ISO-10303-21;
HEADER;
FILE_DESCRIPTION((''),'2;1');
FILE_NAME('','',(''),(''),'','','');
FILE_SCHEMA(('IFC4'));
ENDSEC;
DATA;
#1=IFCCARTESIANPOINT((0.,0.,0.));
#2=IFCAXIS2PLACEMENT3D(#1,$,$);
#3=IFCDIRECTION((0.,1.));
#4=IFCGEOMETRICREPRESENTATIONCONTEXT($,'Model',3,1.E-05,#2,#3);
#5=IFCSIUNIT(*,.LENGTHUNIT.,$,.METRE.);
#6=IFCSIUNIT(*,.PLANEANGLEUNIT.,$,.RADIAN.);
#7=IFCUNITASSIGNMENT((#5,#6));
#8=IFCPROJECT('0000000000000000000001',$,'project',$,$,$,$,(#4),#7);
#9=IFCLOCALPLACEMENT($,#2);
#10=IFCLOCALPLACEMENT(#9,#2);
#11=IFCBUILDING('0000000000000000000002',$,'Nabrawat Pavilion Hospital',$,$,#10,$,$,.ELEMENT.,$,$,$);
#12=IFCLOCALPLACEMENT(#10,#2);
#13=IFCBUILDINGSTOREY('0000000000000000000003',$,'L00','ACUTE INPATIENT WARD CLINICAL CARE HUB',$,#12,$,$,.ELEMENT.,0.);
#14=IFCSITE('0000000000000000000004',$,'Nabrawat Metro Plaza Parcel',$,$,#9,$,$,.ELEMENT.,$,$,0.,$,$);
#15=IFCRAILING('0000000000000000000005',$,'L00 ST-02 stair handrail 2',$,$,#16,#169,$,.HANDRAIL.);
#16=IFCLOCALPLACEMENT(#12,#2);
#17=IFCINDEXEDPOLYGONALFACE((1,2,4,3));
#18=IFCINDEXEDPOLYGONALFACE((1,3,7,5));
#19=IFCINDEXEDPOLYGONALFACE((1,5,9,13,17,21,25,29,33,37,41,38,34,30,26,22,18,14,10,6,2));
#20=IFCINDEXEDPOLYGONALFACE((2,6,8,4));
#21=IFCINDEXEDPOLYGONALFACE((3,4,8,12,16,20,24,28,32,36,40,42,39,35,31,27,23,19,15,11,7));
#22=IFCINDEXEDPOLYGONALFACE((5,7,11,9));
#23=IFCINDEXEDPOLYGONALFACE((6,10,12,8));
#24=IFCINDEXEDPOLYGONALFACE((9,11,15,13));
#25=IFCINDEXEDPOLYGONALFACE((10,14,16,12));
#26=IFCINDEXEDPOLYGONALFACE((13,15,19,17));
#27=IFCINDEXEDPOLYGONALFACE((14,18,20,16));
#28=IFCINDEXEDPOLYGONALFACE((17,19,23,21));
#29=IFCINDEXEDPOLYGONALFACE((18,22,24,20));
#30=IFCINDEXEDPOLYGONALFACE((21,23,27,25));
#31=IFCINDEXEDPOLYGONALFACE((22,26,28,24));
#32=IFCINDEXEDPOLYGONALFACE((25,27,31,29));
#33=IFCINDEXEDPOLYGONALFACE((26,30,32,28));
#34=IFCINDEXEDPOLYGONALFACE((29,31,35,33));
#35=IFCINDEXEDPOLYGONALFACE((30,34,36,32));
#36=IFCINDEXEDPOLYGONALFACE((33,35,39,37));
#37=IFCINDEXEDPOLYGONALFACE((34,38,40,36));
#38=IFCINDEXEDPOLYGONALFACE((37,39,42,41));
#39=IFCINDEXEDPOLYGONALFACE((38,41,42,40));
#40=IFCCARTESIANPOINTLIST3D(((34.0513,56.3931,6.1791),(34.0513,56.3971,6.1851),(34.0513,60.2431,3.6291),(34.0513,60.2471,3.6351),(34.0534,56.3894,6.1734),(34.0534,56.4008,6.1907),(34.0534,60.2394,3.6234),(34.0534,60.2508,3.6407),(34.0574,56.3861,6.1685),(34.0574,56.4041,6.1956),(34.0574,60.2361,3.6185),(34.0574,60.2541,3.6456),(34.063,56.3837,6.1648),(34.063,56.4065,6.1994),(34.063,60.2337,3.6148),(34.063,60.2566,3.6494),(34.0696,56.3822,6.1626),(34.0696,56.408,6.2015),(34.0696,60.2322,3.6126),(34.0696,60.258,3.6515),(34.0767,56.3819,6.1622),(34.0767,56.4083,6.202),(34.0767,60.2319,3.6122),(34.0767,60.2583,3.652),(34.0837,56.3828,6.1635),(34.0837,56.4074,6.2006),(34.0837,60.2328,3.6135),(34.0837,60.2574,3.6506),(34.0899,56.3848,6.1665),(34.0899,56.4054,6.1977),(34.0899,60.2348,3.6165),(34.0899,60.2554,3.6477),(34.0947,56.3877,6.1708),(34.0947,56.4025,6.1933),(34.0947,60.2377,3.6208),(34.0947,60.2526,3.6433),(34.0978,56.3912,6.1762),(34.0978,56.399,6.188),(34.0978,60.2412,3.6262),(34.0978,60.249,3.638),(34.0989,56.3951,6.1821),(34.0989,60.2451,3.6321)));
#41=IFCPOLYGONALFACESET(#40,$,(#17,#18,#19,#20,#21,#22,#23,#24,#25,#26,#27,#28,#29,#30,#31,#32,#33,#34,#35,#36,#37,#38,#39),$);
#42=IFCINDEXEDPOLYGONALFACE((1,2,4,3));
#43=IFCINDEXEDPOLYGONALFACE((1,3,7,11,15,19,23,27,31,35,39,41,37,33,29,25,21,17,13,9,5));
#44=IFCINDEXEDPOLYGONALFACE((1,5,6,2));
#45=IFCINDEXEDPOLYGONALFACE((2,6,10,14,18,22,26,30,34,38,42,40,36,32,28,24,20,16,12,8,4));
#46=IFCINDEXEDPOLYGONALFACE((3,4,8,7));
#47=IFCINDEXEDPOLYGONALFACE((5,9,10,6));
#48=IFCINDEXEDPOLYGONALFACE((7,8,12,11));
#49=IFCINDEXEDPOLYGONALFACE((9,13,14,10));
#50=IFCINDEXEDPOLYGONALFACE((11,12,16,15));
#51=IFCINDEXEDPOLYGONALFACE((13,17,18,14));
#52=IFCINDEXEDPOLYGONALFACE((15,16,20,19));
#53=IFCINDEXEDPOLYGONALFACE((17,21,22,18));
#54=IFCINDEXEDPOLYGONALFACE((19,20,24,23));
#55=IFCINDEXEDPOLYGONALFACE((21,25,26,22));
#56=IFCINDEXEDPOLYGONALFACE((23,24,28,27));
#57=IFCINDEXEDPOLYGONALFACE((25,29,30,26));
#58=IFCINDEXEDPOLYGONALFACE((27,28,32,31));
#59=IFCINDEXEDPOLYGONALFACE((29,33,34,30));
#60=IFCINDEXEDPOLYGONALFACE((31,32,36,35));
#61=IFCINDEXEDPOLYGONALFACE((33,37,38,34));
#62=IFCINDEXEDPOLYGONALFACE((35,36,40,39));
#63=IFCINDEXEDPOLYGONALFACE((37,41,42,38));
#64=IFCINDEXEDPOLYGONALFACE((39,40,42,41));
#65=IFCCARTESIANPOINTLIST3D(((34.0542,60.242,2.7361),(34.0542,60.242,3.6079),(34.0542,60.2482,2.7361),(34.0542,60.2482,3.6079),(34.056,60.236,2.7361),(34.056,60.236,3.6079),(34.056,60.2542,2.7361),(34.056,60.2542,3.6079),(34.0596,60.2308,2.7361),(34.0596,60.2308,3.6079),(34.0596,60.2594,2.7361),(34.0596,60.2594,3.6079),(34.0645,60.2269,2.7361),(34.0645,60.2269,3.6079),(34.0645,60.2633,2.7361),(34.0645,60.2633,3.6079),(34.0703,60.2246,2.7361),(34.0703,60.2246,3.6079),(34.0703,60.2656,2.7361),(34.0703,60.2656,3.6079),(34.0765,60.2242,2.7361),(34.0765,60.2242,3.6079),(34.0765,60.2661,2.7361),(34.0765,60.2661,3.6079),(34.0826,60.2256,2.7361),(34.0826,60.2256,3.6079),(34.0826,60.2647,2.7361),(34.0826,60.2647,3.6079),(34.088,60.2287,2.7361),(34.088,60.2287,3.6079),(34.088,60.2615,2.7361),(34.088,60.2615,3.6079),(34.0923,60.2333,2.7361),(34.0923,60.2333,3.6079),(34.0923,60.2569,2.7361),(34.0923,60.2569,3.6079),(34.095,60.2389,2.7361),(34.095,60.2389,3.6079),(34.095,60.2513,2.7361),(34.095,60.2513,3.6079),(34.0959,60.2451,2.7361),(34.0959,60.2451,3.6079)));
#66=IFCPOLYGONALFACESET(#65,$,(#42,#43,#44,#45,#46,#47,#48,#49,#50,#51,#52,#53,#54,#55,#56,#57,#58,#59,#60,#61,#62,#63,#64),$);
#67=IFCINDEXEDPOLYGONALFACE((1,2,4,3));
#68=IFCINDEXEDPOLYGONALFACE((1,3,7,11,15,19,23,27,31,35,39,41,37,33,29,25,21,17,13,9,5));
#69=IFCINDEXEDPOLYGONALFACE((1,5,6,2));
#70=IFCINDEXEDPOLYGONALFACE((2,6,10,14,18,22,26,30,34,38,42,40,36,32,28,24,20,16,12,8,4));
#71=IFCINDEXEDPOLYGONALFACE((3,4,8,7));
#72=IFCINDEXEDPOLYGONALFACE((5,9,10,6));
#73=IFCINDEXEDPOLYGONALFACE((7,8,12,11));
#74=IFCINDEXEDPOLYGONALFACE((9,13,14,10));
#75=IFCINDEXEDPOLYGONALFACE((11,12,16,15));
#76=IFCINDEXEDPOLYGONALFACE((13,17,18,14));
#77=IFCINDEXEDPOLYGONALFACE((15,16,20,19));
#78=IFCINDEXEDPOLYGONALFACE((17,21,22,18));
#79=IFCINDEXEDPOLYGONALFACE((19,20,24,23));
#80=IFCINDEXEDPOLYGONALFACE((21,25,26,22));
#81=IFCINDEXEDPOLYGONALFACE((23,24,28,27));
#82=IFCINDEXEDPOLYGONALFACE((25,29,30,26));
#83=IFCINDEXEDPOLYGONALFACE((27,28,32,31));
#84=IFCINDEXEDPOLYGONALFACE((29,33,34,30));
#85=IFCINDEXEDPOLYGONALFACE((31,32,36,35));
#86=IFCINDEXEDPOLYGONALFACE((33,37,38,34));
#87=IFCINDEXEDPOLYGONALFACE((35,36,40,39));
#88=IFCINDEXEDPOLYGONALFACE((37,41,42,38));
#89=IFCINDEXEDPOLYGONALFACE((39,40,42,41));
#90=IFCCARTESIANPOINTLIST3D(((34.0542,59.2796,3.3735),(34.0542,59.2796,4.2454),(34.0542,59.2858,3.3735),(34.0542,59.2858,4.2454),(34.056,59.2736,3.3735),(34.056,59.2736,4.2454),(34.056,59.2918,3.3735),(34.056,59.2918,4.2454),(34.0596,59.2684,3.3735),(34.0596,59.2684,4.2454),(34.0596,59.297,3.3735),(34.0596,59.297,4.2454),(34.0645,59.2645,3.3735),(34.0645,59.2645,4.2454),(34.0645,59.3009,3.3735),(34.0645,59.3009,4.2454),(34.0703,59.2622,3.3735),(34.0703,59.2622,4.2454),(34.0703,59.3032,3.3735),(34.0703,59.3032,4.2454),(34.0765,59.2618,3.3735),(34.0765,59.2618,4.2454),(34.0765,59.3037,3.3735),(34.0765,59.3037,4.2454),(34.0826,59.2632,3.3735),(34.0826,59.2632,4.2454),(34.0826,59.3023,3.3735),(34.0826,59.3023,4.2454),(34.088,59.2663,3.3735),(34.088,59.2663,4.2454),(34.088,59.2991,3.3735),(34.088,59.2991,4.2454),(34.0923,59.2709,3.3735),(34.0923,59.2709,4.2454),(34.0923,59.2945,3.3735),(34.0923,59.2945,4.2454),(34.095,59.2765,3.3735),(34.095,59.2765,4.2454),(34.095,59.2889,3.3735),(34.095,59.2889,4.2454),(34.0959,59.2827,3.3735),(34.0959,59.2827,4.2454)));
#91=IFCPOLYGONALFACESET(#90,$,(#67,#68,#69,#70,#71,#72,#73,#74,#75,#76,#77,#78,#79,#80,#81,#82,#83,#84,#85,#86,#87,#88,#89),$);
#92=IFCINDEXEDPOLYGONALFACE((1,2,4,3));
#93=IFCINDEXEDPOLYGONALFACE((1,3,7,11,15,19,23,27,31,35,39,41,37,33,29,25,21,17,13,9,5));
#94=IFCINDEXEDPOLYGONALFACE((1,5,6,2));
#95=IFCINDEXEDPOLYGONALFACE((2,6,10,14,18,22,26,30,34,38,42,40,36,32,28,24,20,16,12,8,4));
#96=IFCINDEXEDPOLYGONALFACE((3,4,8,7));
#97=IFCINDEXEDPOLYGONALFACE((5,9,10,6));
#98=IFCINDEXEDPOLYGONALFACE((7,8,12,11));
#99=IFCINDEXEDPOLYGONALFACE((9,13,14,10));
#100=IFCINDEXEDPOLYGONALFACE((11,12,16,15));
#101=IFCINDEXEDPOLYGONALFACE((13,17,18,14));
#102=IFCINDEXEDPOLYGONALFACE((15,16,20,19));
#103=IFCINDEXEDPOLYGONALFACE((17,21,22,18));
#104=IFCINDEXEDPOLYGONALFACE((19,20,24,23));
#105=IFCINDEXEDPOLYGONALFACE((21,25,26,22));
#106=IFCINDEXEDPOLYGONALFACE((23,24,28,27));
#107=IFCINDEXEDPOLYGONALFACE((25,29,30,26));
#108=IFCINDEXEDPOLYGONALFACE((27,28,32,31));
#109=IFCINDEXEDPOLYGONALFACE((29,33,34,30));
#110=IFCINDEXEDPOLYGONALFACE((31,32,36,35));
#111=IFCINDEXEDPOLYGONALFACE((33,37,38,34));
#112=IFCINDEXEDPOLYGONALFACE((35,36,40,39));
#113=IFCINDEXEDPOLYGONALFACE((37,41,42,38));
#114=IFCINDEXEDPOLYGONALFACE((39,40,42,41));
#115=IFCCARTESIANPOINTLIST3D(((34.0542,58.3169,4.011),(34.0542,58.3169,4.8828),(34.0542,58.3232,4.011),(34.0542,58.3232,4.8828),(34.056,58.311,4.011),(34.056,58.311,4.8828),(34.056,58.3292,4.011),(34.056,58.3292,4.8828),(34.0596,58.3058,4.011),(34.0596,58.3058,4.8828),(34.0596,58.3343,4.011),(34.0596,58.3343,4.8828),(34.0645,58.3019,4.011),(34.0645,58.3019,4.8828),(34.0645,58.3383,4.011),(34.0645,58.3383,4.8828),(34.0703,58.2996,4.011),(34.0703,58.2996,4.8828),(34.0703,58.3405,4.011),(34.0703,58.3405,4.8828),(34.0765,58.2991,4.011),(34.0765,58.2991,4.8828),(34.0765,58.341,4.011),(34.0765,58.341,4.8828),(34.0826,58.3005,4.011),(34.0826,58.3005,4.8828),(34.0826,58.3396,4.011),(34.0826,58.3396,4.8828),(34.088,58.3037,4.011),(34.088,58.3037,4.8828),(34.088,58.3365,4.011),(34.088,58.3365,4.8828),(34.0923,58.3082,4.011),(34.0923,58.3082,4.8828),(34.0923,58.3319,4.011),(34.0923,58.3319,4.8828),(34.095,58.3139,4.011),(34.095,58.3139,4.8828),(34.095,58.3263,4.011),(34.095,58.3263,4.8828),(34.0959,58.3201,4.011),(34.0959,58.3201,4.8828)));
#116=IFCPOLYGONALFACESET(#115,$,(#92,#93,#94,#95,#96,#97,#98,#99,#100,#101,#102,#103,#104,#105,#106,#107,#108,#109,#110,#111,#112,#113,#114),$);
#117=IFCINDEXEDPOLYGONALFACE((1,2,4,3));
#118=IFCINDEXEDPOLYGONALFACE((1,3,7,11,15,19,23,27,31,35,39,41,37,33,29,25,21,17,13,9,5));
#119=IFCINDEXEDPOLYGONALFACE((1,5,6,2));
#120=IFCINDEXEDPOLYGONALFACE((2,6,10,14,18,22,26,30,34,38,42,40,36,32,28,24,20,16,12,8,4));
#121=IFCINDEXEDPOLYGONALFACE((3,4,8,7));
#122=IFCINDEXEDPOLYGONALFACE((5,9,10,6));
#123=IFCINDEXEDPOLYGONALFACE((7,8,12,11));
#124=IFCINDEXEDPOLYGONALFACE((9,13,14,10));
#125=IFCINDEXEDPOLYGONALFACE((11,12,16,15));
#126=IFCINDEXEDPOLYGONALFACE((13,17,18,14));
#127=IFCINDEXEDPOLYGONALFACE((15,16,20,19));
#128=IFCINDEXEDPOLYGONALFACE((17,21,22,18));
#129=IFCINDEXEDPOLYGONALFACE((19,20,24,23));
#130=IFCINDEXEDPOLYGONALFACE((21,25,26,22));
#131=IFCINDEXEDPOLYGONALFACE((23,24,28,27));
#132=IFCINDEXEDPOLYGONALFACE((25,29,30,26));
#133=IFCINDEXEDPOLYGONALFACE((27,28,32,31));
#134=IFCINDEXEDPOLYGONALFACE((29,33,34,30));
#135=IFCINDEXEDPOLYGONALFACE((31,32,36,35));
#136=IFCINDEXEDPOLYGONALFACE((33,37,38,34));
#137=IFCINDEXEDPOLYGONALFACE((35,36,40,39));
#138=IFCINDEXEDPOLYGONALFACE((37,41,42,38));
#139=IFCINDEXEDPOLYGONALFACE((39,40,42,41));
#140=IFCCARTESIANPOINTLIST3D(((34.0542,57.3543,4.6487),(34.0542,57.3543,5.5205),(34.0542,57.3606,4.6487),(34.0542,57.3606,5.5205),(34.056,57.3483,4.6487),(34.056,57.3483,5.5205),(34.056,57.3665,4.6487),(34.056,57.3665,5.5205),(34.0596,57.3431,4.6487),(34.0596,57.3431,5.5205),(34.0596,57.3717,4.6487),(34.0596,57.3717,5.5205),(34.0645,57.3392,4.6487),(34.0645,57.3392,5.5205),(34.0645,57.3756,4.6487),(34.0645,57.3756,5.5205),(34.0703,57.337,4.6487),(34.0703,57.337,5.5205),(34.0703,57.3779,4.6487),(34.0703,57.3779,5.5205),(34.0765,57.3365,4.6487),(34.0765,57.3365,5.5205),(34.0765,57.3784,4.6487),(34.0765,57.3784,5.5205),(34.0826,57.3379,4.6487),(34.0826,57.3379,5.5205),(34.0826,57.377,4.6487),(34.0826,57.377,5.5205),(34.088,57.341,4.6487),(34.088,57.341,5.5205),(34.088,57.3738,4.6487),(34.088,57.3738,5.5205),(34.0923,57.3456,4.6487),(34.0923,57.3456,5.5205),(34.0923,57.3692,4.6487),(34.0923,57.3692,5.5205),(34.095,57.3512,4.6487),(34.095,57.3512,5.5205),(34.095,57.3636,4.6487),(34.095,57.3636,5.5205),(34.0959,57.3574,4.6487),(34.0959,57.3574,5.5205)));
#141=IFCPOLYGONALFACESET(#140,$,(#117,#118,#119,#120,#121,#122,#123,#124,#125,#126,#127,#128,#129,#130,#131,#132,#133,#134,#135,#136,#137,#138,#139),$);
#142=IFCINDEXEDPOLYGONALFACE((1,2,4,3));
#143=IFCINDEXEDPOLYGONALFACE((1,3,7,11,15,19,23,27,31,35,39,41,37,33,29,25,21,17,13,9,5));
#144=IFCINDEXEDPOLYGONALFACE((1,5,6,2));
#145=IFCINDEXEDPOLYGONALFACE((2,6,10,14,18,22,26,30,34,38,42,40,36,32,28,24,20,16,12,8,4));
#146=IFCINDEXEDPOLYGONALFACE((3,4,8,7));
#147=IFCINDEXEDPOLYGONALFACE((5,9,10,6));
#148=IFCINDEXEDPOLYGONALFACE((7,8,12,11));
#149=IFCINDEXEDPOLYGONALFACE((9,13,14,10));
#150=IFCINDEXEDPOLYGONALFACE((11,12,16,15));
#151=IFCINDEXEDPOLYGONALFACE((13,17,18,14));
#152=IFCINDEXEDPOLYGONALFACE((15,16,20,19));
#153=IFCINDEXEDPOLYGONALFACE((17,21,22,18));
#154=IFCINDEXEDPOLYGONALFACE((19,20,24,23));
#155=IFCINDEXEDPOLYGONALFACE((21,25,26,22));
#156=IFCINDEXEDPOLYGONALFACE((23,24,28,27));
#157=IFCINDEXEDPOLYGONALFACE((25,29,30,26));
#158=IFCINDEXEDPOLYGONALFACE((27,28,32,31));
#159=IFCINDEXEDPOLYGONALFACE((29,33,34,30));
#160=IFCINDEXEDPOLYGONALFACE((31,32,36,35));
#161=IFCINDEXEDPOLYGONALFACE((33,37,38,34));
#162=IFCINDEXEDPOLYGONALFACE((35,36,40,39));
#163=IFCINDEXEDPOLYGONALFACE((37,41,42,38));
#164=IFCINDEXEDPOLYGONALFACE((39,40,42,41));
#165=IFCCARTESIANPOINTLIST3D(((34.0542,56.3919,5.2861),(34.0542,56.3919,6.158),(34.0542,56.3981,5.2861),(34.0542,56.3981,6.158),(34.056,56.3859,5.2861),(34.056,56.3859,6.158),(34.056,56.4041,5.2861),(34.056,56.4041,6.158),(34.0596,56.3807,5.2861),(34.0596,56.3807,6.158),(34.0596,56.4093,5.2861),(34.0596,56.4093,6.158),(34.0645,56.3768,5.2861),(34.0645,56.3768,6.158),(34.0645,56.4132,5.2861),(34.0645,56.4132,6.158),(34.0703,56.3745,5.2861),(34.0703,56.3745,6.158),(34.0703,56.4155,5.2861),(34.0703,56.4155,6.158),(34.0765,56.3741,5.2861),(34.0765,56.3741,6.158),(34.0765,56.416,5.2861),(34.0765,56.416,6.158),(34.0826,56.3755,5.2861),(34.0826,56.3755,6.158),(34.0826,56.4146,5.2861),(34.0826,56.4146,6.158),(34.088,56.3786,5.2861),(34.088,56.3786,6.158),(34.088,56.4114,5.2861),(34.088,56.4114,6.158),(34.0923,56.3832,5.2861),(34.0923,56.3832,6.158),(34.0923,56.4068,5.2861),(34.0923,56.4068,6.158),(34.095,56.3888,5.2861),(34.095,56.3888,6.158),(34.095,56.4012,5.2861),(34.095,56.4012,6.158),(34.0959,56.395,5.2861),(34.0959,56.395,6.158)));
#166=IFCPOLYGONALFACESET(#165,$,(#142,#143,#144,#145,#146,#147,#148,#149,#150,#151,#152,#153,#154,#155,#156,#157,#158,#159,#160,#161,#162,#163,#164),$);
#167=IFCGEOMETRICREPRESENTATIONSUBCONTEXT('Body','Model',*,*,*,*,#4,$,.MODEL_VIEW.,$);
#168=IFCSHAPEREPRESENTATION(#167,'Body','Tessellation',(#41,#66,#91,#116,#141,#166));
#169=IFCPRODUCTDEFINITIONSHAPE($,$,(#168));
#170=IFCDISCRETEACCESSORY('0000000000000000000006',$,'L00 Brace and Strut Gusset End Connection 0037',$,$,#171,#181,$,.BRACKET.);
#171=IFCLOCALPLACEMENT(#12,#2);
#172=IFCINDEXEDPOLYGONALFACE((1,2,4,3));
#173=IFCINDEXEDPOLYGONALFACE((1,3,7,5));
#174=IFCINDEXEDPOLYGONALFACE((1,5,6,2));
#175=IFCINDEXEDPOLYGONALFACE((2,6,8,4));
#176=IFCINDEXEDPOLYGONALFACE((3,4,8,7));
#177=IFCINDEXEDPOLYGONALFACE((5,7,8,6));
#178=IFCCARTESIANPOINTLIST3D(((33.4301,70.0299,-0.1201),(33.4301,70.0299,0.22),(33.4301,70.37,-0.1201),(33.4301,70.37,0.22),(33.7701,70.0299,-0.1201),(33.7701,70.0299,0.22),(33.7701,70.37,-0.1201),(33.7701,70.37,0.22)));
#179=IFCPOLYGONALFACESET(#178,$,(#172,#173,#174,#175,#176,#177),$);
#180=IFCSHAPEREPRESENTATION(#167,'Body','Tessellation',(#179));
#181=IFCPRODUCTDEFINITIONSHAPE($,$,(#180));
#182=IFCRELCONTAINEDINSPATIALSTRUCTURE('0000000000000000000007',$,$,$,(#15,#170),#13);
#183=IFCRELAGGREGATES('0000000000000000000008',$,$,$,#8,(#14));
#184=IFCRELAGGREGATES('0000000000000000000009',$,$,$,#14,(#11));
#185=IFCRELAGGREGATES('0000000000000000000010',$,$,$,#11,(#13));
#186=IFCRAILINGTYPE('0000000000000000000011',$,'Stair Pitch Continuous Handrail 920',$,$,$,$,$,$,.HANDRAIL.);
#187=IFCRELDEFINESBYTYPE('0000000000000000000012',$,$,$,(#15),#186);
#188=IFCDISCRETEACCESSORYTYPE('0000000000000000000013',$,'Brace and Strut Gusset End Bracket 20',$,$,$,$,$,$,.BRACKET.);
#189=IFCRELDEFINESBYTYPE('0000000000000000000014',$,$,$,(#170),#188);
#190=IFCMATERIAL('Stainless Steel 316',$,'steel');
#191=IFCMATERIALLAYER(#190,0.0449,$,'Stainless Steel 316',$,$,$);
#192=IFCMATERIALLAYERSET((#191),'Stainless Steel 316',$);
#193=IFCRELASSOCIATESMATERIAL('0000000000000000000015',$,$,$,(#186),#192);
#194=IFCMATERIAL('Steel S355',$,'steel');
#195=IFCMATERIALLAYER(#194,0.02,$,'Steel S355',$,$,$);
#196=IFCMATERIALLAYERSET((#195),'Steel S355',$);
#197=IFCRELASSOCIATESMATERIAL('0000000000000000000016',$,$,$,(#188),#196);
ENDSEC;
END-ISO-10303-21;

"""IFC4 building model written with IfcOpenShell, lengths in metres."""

from ifc_helpers import new_model, si_unit, direction, frame, origin, origin_2d, place, context, subcontext, project, spatial, rectangle, circle, extrude, material, layer, layer_set, type_object, element, save


model = new_model("IFC4")

# Units and contexts
model_context = context("Model", 3, precision=1e-05, world=origin(), true_north=direction((0.0, 1.0)))
body_context = subcontext(model_context, "Body", "Model", "MODEL_VIEW")
ifc_project = project(units=[si_unit("LENGTHUNIT", "METRE"), si_unit("PLANEANGLEUNIT", "RADIAN")], contexts=[model_context])

# Site, building, storey
site_placement = place(None, origin())
site = spatial("IfcSite", under=ifc_project, at=site_placement, Name="Nabrawat Metro Plaza Parcel", CompositionType="ELEMENT", RefElevation=0.0)
building_placement = place(site_placement, origin())
building = spatial("IfcBuilding", under=site, at=building_placement, Name="Nabrawat Pavilion Hospital", CompositionType="ELEMENT")
storey_placement = place(building_placement, origin())
storey = spatial("IfcBuildingStorey", under=building, at=storey_placement, Name="L00", Description="ACUTE INPATIENT WARD CLINICAL CARE HUB", CompositionType="ELEMENT", Elevation=0.0)

# Shared definitions
ifc_material_1 = material(Name="Steel S355", Category="steel")

# Railing
ifc_material_2 = material(Name="Stainless Steel 316", Category="steel")
ifc_layer_1 = layer(ifc_material_2, 0.0449, Name="Stainless Steel 316")
ifc_layer_set_1 = layer_set([ifc_layer_1], Name="Stainless Steel 316")
railing_type_1 = type_object("IfcRailingType", Name="Stair Pitch Continuous Handrail 920", PredefinedType="HANDRAIL", material=ifc_layer_set_1)
railing_1_placement = place(storey_placement, frame((34.075, 60.2451, 2.7361)))
element("IfcRailing", 1, at=railing_1_placement, inside=storey, type_object=railing_type_1, Name="L00 ST-02 stair handrail 2", PredefinedType="HANDRAIL", context=body_context, shape_type="SweptSolid", body=[
    extrude(circle(Radius=0.0239, at=origin_2d()), frame((0.0, 0.0, 0.896), z_axis=(0.0, -0.833714, 0.552197), x_axis=(1.0, 0.0, 0.0)), (0.0, 0.0, 1.0), 4.6179),
    extrude(circle(Radius=0.021, at=origin_2d()), origin(), (0.0, 0.0, 1.0), 0.8718),
    extrude(circle(Radius=0.021, at=origin_2d()), frame((0.0, -0.9624, 0.6375)), (0.0, 0.0, 1.0), 0.8718),
    extrude(circle(Radius=0.021, at=origin_2d()), frame((0.0, -1.925, 1.2749)), (0.0, 0.0, 1.0), 0.8718),
    extrude(circle(Radius=0.021, at=origin_2d()), frame((0.0, -2.8877, 1.9126)), (0.0, 0.0, 1.0), 0.8718),
    extrude(circle(Radius=0.021, at=origin_2d()), frame((0.0, -3.8501, 2.55)), (0.0, 0.0, 1.0), 0.8718),
])

# Discrete accessory
ifc_layer_2 = layer(ifc_material_1, 0.02, Name="Steel S355")
ifc_layer_set_2 = layer_set([ifc_layer_2], Name="Steel S355")
discrete_accessory_type = type_object("IfcDiscreteAccessoryType", Name="Brace and Strut Gusset End Bracket 20", PredefinedType="BRACKET", material=ifc_layer_set_2)
discrete_accessory_placement = place(storey_placement, frame((33.6001, 70.2, -0.1201), z_axis=(0.0, 0.0, 1.0), x_axis=(1.0, 0.0, 0.0)))
element("IfcDiscreteAccessory", 2, at=discrete_accessory_placement, inside=storey, type_object=discrete_accessory_type, Name="L00 Brace and Strut Gusset End Connection 0037", PredefinedType="BRACKET", context=body_context, shape_type="SweptSolid", body=[
    extrude(rectangle(XDim=0.3401, YDim=0.3401, at=origin_2d()), origin(), (0.0, 0.0, 1.0), 0.3401),
])

save(model, "model.ifc")
